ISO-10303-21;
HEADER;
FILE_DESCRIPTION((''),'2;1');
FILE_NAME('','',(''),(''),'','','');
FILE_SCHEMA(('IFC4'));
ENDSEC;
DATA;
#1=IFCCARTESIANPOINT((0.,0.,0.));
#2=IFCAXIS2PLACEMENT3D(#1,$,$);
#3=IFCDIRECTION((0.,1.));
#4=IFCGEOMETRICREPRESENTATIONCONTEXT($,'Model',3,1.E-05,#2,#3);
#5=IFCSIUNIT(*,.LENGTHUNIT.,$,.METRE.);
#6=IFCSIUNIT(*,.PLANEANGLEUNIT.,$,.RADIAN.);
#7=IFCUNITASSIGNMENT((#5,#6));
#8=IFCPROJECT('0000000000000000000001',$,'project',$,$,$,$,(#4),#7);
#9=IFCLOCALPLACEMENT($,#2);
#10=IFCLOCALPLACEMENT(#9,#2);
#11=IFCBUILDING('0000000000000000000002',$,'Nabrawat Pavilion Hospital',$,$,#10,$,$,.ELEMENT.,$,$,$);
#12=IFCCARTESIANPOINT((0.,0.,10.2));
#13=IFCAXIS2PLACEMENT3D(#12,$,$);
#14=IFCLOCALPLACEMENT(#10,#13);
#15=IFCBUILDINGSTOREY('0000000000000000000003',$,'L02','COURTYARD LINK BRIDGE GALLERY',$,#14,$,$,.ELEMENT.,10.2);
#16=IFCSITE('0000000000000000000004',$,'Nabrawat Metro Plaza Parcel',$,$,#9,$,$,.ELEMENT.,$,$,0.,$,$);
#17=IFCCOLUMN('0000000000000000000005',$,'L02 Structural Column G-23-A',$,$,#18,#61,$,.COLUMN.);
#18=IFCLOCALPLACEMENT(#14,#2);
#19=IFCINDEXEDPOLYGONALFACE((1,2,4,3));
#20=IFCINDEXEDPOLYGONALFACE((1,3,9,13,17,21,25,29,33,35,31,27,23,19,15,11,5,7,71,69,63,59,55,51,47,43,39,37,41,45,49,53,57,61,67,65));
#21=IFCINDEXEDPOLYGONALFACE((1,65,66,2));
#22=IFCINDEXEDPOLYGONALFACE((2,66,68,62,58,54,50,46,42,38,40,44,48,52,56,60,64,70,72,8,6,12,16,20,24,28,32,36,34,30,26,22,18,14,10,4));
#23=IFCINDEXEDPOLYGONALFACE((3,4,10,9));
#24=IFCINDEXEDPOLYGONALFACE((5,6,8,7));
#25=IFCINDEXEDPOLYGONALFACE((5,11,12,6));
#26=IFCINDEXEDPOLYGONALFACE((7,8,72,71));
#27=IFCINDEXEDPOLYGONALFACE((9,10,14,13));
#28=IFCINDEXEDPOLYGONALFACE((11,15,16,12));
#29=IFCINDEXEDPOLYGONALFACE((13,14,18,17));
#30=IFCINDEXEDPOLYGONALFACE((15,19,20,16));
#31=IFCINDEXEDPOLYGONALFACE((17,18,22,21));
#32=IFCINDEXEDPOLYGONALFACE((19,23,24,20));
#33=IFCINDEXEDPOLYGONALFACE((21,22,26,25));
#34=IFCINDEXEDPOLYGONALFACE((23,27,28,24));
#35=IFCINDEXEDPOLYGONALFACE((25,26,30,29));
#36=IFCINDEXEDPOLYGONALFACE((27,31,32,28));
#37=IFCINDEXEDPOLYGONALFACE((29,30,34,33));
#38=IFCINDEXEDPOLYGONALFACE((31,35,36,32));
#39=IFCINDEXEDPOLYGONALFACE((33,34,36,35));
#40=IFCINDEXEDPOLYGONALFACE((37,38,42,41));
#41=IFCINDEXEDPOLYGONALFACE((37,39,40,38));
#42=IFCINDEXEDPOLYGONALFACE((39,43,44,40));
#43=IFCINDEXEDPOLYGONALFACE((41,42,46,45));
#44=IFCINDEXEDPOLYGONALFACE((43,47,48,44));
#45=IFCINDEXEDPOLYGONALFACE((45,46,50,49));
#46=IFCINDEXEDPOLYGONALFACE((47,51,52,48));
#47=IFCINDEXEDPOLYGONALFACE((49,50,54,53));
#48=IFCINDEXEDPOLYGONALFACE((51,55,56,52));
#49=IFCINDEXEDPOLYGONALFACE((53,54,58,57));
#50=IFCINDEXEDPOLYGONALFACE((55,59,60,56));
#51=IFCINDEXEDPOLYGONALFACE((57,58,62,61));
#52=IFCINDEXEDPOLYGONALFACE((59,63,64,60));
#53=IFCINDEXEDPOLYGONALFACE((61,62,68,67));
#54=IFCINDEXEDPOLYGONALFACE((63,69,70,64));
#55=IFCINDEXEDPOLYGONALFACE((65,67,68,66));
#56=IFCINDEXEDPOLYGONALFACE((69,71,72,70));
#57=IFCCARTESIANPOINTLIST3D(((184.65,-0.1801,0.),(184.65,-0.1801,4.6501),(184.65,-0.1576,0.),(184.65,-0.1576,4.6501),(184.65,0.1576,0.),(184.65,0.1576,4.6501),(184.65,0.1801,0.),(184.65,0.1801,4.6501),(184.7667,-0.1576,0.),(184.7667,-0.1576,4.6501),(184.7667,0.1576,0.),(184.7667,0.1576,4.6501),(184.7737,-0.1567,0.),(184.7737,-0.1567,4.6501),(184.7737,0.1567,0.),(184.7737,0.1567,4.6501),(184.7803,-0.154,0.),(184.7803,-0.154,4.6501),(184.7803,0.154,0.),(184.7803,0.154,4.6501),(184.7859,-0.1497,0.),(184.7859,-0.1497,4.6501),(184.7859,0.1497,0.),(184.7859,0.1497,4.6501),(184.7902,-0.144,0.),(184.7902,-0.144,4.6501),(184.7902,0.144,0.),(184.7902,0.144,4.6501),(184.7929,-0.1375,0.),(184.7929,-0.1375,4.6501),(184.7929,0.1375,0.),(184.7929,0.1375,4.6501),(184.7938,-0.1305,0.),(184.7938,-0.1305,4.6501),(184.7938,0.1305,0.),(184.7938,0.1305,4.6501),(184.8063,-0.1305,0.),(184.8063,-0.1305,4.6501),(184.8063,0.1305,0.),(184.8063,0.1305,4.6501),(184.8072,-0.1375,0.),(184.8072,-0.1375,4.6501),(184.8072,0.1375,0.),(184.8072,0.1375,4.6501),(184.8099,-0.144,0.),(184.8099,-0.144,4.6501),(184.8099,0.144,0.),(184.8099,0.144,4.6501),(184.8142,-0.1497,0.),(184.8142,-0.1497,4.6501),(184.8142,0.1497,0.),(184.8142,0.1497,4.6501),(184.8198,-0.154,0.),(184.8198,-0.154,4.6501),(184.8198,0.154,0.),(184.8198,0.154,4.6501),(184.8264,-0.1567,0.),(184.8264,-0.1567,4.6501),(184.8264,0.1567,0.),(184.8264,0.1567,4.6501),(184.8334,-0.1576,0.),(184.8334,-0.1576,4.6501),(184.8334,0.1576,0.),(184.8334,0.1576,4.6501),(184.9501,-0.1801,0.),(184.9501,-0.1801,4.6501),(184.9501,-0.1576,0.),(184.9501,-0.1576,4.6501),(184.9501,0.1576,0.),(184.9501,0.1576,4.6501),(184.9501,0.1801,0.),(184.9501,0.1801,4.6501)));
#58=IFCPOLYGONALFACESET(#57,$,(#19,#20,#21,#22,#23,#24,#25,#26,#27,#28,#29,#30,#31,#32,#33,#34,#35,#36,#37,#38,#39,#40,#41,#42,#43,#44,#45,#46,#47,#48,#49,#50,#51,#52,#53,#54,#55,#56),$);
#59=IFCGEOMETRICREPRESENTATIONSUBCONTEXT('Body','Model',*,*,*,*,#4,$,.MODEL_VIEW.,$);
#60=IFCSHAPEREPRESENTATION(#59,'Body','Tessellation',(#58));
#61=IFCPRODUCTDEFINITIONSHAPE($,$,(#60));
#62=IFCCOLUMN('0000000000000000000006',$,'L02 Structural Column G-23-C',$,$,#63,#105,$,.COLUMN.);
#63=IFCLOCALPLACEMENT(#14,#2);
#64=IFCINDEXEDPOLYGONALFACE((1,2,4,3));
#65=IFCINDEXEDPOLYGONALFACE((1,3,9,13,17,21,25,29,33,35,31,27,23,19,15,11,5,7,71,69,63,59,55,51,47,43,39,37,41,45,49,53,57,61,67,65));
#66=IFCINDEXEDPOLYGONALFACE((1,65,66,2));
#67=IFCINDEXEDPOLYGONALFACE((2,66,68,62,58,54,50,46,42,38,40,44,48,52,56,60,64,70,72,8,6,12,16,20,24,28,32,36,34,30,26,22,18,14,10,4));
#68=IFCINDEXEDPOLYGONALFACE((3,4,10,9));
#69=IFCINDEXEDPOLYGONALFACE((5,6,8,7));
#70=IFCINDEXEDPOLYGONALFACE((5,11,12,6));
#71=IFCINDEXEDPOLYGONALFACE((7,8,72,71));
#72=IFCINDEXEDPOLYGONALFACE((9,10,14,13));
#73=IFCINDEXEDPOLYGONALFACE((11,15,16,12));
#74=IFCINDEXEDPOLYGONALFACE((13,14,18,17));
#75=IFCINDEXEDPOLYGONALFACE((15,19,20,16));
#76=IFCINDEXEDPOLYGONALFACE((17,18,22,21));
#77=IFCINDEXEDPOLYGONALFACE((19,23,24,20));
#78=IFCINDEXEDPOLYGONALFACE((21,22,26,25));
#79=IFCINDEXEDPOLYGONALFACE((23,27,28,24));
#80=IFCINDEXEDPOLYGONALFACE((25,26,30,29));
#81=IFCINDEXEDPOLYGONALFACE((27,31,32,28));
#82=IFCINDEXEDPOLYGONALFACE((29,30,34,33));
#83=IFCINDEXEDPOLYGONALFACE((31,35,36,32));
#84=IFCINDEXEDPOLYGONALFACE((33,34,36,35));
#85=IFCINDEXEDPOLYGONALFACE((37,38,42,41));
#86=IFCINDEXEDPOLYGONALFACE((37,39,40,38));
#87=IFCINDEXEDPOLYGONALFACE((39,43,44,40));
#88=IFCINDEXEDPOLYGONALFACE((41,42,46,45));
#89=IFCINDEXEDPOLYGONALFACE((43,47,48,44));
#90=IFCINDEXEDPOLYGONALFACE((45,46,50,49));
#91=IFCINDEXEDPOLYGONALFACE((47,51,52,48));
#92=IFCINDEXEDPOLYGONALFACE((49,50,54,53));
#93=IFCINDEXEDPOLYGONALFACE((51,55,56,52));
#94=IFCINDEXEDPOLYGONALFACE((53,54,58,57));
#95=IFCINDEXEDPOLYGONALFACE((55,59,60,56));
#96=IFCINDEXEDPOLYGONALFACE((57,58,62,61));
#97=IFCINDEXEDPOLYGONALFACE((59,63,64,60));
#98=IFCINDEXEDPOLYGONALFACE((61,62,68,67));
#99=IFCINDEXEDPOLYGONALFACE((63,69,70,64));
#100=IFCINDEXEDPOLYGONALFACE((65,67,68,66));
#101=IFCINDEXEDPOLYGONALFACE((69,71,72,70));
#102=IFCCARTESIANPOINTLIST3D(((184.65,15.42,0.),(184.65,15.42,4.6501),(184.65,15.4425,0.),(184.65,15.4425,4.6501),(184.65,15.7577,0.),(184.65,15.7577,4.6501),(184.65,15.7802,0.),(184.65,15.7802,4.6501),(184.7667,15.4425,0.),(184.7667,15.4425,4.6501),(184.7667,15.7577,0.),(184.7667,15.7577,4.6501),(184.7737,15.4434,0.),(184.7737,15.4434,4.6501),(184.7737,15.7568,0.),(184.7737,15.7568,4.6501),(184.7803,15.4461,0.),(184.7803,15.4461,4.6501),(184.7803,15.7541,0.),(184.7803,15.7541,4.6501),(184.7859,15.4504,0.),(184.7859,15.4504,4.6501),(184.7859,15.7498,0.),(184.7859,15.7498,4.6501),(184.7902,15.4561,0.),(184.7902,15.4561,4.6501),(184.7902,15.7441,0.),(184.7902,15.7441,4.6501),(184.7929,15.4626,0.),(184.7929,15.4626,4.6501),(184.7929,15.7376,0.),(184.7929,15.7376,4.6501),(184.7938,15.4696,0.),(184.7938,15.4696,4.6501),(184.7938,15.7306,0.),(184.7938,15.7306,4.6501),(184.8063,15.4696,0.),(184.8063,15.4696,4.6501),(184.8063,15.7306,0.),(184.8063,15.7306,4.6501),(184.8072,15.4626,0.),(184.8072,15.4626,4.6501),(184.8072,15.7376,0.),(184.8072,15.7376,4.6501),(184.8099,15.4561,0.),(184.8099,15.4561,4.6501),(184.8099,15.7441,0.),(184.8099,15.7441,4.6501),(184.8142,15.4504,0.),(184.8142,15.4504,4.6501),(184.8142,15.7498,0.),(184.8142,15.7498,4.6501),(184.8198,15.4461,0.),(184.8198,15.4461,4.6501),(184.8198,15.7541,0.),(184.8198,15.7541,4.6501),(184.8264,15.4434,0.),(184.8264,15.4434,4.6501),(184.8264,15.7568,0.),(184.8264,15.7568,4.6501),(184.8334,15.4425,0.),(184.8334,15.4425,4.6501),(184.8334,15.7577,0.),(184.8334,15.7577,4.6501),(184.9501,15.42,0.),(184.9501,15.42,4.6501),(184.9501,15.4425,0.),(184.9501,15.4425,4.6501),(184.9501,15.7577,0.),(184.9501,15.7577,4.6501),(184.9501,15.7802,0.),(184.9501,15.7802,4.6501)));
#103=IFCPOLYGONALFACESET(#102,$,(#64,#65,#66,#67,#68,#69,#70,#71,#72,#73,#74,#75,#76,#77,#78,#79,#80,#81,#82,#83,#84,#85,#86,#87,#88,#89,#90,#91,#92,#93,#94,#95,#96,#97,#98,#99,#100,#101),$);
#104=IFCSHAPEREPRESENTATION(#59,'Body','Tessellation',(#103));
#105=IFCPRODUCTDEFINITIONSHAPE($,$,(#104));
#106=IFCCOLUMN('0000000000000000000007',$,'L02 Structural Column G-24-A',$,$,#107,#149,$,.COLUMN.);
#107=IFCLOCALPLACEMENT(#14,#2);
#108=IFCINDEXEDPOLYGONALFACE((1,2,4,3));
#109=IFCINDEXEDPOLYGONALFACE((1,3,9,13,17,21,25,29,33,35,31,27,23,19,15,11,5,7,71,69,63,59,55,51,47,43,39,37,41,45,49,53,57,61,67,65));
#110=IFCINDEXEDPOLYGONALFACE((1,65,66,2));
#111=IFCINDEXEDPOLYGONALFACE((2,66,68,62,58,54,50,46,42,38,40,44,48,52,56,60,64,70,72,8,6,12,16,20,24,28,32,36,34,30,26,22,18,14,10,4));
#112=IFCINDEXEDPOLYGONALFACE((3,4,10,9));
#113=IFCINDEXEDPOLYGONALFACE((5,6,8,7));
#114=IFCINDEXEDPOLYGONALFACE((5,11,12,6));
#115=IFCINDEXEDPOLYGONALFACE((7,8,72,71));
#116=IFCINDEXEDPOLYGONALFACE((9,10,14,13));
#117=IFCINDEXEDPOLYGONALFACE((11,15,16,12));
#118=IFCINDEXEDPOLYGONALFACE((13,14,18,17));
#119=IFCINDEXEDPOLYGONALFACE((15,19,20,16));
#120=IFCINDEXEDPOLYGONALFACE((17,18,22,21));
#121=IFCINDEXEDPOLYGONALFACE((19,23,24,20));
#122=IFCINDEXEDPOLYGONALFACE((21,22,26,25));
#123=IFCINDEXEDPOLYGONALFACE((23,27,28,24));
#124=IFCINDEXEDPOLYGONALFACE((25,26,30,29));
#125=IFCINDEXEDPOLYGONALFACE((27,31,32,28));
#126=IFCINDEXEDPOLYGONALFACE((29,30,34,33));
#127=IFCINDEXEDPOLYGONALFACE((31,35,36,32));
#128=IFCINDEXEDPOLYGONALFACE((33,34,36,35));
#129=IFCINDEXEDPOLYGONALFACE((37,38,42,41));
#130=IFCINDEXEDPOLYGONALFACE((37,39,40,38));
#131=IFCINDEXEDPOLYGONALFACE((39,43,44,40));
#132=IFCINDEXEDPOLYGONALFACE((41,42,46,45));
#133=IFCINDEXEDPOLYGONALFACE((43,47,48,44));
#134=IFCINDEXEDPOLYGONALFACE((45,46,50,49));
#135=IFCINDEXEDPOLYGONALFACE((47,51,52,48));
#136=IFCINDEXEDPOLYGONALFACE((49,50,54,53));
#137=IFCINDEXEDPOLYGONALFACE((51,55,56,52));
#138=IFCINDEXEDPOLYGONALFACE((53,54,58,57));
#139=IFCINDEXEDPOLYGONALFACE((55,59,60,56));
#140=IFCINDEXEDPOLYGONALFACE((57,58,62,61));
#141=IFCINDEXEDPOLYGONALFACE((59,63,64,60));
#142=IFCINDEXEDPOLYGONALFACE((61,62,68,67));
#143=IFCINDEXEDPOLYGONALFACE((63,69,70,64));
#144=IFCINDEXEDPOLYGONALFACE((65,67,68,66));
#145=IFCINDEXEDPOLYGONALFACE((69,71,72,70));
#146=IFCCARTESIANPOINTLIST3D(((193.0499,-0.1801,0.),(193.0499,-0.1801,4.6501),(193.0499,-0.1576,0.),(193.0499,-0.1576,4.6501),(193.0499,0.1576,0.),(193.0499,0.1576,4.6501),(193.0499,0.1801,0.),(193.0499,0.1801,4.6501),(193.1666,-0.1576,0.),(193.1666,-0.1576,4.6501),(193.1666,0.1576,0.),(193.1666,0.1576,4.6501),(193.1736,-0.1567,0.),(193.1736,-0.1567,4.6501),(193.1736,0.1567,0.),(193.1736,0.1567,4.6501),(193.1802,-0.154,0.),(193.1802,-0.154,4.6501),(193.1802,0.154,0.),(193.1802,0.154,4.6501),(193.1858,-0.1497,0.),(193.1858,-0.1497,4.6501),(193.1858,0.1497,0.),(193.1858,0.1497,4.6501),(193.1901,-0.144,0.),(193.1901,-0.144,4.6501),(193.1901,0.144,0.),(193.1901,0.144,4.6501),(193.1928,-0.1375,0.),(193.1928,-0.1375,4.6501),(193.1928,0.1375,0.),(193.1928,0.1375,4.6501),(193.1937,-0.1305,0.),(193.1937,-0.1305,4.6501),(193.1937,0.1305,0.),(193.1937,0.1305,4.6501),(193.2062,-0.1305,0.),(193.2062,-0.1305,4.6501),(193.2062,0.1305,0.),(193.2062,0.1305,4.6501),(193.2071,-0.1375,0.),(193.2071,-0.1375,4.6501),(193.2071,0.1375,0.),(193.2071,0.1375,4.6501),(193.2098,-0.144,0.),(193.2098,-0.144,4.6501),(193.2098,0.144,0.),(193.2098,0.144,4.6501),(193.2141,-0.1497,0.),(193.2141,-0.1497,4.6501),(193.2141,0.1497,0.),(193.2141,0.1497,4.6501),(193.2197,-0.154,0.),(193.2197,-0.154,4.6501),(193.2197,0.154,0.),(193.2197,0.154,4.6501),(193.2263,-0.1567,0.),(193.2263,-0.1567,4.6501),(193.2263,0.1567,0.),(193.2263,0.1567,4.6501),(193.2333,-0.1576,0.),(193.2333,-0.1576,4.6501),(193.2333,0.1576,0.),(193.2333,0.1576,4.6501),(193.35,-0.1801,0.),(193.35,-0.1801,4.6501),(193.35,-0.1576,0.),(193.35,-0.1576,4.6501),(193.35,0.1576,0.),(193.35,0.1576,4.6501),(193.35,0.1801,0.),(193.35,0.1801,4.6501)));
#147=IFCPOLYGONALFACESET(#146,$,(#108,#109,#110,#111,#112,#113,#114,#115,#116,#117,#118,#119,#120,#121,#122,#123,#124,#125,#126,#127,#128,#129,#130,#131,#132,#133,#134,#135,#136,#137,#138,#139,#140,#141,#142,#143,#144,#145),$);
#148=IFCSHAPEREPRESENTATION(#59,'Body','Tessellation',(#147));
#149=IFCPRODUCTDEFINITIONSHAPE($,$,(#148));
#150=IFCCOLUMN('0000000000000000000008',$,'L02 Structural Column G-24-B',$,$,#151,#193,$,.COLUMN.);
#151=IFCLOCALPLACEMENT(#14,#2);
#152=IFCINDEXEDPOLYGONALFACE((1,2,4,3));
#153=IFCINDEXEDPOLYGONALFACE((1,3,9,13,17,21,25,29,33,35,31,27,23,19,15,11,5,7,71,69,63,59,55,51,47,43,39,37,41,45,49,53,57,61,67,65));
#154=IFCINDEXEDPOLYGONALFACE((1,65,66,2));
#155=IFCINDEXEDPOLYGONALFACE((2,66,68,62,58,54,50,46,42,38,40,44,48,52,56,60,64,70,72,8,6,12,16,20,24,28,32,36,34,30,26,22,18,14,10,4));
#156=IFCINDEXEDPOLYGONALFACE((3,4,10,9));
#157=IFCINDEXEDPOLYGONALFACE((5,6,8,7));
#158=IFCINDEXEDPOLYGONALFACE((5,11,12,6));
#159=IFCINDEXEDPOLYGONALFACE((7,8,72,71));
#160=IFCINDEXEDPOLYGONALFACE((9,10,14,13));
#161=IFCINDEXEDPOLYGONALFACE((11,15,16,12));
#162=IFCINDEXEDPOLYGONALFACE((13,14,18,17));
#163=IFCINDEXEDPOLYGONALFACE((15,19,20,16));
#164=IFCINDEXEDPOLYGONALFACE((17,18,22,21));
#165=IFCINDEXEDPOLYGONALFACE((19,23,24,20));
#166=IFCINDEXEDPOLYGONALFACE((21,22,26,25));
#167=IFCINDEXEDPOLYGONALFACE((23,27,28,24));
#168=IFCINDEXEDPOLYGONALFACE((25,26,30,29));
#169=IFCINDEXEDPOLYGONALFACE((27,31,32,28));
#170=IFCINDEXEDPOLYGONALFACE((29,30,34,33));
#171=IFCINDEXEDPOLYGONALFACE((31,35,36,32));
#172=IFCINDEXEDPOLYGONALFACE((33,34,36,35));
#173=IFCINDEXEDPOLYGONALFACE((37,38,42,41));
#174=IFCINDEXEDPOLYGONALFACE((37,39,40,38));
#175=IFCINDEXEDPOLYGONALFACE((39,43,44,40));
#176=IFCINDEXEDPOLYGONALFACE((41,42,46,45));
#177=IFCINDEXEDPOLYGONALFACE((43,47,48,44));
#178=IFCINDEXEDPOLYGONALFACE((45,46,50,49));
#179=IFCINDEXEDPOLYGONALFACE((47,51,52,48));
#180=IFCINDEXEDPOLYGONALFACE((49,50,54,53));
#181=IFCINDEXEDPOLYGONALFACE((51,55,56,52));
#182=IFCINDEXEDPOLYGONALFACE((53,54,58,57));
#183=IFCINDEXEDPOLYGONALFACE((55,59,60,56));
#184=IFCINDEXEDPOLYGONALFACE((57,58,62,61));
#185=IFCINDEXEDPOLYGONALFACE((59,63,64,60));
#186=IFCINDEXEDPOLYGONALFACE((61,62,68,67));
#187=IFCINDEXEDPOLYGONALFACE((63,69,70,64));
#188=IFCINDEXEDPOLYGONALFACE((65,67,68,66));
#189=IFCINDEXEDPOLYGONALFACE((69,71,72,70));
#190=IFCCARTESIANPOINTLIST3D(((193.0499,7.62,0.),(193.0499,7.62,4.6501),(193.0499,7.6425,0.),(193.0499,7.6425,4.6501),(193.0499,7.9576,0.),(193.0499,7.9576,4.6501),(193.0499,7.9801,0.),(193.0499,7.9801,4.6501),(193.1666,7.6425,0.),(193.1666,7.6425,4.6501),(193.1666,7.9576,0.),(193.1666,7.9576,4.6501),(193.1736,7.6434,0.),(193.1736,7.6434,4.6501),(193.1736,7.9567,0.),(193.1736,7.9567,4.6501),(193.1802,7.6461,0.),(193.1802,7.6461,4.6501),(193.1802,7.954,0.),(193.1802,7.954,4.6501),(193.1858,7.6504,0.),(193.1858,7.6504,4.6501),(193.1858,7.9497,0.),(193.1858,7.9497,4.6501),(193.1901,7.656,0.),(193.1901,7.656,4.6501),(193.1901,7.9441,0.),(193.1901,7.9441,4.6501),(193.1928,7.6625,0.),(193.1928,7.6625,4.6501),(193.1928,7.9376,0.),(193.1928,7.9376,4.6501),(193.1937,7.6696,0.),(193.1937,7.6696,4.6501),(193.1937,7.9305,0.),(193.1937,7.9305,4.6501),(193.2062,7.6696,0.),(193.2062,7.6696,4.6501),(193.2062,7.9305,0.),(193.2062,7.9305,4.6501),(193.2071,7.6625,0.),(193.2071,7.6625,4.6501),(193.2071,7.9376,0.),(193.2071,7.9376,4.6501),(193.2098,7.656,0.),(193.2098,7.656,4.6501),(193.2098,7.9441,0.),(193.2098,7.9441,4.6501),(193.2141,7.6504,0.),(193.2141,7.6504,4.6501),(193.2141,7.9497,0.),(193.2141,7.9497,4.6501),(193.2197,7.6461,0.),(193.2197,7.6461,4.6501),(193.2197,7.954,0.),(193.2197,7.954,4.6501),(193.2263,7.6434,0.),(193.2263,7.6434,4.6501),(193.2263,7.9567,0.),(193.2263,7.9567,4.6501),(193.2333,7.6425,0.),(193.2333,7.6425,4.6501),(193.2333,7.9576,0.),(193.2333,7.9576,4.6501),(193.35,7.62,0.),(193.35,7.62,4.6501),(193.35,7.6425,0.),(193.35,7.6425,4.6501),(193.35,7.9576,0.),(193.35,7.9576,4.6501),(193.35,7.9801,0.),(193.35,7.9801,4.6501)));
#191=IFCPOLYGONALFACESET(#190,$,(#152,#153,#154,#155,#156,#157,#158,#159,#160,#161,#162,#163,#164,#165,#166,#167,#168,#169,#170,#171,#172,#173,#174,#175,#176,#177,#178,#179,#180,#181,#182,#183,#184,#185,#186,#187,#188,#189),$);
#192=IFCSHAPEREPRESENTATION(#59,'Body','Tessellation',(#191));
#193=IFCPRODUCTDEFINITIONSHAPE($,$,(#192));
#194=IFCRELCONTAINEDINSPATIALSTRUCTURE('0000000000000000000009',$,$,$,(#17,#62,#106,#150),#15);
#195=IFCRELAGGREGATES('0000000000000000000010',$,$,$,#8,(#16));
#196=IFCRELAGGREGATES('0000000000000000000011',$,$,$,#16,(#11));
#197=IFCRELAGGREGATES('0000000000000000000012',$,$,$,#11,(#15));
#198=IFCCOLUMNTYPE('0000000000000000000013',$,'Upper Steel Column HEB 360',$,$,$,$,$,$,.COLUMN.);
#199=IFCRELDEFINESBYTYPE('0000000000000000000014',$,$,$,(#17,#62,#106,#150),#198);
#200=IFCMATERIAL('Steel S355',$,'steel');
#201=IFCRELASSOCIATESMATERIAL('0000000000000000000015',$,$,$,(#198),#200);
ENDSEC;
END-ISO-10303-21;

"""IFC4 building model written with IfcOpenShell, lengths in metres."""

from ifc_helpers import new_model, si_unit, direction, frame, origin, origin_2d, place, context, subcontext, project, spatial, i_section, extrude, material, material_profile, profile_set, type_object, element, save


model = new_model("IFC4")

# Units and contexts
model_context = context("Model", 3, precision=1e-05, world=origin(), true_north=direction((0.0, 1.0)))
body_context = subcontext(model_context, "Body", "Model", "MODEL_VIEW")
ifc_project = project(units=[si_unit("LENGTHUNIT", "METRE"), si_unit("PLANEANGLEUNIT", "RADIAN")], contexts=[model_context])

# Site, building, storey
site_placement = place(None, origin())
site = spatial("IfcSite", under=ifc_project, at=site_placement, Name="Nabrawat Metro Plaza Parcel", CompositionType="ELEMENT", RefElevation=0.0)
building_placement = place(site_placement, origin())
building = spatial("IfcBuilding", under=site, at=building_placement, Name="Nabrawat Pavilion Hospital", CompositionType="ELEMENT")
storey_placement = place(building_placement, frame((0.0, 0.0, 10.2)))
storey = spatial("IfcBuildingStorey", under=building, at=storey_placement, Name="L02", Description="COURTYARD LINK BRIDGE GALLERY", CompositionType="ELEMENT", Elevation=10.2)

# Columns
ifc_material_1 = material(Name="Steel S355", Category="steel")
ifc_material_profile_1 = material_profile(ifc_material_1, i_section(OverallWidth=0.3, OverallDepth=0.3601, WebThickness=0.0125, FlangeThickness=0.0225, FilletRadius=0.0271, at=origin_2d()), Name="HEB 360")
ifc_profile_set_1 = profile_set([ifc_material_profile_1], Name="Steel S355")
column_type = type_object("IfcColumnType", Name="Upper Steel Column HEB 360", PredefinedType="COLUMN", material=ifc_profile_set_1)
for number, where, z_axis, x_axis, name in (
    (1, (184.8, 0.0, 0.0), (0.0, 0.0, 1.0), (1.0, 0.0, 0.0), "L02 Structural Column G-23-A"),
    (2, (184.8, 15.6001, 0.0), (0.0, 0.0, 1.0), (1.0, 0.0, 0.0), "L02 Structural Column G-23-C"),
    (3, (193.2, 0.0, 0.0), (0.0, 0.0, 1.0), (1.0, 0.0, 0.0), "L02 Structural Column G-24-A"),
    (4, (193.2, 7.8, 0.0), (0.0, 0.0, 1.0), (1.0, 0.0, 0.0), "L02 Structural Column G-24-B"),
):
    element("IfcColumn", number, at=place(storey_placement, frame(where, z_axis=z_axis, x_axis=x_axis)), inside=storey, type_object=column_type, Name=name, PredefinedType="COLUMN", context=body_context, shape_type="SweptSolid", body=[
        extrude(i_section(OverallWidth=0.3, OverallDepth=0.3601, WebThickness=0.0125, FlangeThickness=0.0225, FilletRadius=0.0271, at=origin_2d()), origin(), (0.0, 0.0, 1.0), 4.6501),
    ])

save(model, "model.ifc")
